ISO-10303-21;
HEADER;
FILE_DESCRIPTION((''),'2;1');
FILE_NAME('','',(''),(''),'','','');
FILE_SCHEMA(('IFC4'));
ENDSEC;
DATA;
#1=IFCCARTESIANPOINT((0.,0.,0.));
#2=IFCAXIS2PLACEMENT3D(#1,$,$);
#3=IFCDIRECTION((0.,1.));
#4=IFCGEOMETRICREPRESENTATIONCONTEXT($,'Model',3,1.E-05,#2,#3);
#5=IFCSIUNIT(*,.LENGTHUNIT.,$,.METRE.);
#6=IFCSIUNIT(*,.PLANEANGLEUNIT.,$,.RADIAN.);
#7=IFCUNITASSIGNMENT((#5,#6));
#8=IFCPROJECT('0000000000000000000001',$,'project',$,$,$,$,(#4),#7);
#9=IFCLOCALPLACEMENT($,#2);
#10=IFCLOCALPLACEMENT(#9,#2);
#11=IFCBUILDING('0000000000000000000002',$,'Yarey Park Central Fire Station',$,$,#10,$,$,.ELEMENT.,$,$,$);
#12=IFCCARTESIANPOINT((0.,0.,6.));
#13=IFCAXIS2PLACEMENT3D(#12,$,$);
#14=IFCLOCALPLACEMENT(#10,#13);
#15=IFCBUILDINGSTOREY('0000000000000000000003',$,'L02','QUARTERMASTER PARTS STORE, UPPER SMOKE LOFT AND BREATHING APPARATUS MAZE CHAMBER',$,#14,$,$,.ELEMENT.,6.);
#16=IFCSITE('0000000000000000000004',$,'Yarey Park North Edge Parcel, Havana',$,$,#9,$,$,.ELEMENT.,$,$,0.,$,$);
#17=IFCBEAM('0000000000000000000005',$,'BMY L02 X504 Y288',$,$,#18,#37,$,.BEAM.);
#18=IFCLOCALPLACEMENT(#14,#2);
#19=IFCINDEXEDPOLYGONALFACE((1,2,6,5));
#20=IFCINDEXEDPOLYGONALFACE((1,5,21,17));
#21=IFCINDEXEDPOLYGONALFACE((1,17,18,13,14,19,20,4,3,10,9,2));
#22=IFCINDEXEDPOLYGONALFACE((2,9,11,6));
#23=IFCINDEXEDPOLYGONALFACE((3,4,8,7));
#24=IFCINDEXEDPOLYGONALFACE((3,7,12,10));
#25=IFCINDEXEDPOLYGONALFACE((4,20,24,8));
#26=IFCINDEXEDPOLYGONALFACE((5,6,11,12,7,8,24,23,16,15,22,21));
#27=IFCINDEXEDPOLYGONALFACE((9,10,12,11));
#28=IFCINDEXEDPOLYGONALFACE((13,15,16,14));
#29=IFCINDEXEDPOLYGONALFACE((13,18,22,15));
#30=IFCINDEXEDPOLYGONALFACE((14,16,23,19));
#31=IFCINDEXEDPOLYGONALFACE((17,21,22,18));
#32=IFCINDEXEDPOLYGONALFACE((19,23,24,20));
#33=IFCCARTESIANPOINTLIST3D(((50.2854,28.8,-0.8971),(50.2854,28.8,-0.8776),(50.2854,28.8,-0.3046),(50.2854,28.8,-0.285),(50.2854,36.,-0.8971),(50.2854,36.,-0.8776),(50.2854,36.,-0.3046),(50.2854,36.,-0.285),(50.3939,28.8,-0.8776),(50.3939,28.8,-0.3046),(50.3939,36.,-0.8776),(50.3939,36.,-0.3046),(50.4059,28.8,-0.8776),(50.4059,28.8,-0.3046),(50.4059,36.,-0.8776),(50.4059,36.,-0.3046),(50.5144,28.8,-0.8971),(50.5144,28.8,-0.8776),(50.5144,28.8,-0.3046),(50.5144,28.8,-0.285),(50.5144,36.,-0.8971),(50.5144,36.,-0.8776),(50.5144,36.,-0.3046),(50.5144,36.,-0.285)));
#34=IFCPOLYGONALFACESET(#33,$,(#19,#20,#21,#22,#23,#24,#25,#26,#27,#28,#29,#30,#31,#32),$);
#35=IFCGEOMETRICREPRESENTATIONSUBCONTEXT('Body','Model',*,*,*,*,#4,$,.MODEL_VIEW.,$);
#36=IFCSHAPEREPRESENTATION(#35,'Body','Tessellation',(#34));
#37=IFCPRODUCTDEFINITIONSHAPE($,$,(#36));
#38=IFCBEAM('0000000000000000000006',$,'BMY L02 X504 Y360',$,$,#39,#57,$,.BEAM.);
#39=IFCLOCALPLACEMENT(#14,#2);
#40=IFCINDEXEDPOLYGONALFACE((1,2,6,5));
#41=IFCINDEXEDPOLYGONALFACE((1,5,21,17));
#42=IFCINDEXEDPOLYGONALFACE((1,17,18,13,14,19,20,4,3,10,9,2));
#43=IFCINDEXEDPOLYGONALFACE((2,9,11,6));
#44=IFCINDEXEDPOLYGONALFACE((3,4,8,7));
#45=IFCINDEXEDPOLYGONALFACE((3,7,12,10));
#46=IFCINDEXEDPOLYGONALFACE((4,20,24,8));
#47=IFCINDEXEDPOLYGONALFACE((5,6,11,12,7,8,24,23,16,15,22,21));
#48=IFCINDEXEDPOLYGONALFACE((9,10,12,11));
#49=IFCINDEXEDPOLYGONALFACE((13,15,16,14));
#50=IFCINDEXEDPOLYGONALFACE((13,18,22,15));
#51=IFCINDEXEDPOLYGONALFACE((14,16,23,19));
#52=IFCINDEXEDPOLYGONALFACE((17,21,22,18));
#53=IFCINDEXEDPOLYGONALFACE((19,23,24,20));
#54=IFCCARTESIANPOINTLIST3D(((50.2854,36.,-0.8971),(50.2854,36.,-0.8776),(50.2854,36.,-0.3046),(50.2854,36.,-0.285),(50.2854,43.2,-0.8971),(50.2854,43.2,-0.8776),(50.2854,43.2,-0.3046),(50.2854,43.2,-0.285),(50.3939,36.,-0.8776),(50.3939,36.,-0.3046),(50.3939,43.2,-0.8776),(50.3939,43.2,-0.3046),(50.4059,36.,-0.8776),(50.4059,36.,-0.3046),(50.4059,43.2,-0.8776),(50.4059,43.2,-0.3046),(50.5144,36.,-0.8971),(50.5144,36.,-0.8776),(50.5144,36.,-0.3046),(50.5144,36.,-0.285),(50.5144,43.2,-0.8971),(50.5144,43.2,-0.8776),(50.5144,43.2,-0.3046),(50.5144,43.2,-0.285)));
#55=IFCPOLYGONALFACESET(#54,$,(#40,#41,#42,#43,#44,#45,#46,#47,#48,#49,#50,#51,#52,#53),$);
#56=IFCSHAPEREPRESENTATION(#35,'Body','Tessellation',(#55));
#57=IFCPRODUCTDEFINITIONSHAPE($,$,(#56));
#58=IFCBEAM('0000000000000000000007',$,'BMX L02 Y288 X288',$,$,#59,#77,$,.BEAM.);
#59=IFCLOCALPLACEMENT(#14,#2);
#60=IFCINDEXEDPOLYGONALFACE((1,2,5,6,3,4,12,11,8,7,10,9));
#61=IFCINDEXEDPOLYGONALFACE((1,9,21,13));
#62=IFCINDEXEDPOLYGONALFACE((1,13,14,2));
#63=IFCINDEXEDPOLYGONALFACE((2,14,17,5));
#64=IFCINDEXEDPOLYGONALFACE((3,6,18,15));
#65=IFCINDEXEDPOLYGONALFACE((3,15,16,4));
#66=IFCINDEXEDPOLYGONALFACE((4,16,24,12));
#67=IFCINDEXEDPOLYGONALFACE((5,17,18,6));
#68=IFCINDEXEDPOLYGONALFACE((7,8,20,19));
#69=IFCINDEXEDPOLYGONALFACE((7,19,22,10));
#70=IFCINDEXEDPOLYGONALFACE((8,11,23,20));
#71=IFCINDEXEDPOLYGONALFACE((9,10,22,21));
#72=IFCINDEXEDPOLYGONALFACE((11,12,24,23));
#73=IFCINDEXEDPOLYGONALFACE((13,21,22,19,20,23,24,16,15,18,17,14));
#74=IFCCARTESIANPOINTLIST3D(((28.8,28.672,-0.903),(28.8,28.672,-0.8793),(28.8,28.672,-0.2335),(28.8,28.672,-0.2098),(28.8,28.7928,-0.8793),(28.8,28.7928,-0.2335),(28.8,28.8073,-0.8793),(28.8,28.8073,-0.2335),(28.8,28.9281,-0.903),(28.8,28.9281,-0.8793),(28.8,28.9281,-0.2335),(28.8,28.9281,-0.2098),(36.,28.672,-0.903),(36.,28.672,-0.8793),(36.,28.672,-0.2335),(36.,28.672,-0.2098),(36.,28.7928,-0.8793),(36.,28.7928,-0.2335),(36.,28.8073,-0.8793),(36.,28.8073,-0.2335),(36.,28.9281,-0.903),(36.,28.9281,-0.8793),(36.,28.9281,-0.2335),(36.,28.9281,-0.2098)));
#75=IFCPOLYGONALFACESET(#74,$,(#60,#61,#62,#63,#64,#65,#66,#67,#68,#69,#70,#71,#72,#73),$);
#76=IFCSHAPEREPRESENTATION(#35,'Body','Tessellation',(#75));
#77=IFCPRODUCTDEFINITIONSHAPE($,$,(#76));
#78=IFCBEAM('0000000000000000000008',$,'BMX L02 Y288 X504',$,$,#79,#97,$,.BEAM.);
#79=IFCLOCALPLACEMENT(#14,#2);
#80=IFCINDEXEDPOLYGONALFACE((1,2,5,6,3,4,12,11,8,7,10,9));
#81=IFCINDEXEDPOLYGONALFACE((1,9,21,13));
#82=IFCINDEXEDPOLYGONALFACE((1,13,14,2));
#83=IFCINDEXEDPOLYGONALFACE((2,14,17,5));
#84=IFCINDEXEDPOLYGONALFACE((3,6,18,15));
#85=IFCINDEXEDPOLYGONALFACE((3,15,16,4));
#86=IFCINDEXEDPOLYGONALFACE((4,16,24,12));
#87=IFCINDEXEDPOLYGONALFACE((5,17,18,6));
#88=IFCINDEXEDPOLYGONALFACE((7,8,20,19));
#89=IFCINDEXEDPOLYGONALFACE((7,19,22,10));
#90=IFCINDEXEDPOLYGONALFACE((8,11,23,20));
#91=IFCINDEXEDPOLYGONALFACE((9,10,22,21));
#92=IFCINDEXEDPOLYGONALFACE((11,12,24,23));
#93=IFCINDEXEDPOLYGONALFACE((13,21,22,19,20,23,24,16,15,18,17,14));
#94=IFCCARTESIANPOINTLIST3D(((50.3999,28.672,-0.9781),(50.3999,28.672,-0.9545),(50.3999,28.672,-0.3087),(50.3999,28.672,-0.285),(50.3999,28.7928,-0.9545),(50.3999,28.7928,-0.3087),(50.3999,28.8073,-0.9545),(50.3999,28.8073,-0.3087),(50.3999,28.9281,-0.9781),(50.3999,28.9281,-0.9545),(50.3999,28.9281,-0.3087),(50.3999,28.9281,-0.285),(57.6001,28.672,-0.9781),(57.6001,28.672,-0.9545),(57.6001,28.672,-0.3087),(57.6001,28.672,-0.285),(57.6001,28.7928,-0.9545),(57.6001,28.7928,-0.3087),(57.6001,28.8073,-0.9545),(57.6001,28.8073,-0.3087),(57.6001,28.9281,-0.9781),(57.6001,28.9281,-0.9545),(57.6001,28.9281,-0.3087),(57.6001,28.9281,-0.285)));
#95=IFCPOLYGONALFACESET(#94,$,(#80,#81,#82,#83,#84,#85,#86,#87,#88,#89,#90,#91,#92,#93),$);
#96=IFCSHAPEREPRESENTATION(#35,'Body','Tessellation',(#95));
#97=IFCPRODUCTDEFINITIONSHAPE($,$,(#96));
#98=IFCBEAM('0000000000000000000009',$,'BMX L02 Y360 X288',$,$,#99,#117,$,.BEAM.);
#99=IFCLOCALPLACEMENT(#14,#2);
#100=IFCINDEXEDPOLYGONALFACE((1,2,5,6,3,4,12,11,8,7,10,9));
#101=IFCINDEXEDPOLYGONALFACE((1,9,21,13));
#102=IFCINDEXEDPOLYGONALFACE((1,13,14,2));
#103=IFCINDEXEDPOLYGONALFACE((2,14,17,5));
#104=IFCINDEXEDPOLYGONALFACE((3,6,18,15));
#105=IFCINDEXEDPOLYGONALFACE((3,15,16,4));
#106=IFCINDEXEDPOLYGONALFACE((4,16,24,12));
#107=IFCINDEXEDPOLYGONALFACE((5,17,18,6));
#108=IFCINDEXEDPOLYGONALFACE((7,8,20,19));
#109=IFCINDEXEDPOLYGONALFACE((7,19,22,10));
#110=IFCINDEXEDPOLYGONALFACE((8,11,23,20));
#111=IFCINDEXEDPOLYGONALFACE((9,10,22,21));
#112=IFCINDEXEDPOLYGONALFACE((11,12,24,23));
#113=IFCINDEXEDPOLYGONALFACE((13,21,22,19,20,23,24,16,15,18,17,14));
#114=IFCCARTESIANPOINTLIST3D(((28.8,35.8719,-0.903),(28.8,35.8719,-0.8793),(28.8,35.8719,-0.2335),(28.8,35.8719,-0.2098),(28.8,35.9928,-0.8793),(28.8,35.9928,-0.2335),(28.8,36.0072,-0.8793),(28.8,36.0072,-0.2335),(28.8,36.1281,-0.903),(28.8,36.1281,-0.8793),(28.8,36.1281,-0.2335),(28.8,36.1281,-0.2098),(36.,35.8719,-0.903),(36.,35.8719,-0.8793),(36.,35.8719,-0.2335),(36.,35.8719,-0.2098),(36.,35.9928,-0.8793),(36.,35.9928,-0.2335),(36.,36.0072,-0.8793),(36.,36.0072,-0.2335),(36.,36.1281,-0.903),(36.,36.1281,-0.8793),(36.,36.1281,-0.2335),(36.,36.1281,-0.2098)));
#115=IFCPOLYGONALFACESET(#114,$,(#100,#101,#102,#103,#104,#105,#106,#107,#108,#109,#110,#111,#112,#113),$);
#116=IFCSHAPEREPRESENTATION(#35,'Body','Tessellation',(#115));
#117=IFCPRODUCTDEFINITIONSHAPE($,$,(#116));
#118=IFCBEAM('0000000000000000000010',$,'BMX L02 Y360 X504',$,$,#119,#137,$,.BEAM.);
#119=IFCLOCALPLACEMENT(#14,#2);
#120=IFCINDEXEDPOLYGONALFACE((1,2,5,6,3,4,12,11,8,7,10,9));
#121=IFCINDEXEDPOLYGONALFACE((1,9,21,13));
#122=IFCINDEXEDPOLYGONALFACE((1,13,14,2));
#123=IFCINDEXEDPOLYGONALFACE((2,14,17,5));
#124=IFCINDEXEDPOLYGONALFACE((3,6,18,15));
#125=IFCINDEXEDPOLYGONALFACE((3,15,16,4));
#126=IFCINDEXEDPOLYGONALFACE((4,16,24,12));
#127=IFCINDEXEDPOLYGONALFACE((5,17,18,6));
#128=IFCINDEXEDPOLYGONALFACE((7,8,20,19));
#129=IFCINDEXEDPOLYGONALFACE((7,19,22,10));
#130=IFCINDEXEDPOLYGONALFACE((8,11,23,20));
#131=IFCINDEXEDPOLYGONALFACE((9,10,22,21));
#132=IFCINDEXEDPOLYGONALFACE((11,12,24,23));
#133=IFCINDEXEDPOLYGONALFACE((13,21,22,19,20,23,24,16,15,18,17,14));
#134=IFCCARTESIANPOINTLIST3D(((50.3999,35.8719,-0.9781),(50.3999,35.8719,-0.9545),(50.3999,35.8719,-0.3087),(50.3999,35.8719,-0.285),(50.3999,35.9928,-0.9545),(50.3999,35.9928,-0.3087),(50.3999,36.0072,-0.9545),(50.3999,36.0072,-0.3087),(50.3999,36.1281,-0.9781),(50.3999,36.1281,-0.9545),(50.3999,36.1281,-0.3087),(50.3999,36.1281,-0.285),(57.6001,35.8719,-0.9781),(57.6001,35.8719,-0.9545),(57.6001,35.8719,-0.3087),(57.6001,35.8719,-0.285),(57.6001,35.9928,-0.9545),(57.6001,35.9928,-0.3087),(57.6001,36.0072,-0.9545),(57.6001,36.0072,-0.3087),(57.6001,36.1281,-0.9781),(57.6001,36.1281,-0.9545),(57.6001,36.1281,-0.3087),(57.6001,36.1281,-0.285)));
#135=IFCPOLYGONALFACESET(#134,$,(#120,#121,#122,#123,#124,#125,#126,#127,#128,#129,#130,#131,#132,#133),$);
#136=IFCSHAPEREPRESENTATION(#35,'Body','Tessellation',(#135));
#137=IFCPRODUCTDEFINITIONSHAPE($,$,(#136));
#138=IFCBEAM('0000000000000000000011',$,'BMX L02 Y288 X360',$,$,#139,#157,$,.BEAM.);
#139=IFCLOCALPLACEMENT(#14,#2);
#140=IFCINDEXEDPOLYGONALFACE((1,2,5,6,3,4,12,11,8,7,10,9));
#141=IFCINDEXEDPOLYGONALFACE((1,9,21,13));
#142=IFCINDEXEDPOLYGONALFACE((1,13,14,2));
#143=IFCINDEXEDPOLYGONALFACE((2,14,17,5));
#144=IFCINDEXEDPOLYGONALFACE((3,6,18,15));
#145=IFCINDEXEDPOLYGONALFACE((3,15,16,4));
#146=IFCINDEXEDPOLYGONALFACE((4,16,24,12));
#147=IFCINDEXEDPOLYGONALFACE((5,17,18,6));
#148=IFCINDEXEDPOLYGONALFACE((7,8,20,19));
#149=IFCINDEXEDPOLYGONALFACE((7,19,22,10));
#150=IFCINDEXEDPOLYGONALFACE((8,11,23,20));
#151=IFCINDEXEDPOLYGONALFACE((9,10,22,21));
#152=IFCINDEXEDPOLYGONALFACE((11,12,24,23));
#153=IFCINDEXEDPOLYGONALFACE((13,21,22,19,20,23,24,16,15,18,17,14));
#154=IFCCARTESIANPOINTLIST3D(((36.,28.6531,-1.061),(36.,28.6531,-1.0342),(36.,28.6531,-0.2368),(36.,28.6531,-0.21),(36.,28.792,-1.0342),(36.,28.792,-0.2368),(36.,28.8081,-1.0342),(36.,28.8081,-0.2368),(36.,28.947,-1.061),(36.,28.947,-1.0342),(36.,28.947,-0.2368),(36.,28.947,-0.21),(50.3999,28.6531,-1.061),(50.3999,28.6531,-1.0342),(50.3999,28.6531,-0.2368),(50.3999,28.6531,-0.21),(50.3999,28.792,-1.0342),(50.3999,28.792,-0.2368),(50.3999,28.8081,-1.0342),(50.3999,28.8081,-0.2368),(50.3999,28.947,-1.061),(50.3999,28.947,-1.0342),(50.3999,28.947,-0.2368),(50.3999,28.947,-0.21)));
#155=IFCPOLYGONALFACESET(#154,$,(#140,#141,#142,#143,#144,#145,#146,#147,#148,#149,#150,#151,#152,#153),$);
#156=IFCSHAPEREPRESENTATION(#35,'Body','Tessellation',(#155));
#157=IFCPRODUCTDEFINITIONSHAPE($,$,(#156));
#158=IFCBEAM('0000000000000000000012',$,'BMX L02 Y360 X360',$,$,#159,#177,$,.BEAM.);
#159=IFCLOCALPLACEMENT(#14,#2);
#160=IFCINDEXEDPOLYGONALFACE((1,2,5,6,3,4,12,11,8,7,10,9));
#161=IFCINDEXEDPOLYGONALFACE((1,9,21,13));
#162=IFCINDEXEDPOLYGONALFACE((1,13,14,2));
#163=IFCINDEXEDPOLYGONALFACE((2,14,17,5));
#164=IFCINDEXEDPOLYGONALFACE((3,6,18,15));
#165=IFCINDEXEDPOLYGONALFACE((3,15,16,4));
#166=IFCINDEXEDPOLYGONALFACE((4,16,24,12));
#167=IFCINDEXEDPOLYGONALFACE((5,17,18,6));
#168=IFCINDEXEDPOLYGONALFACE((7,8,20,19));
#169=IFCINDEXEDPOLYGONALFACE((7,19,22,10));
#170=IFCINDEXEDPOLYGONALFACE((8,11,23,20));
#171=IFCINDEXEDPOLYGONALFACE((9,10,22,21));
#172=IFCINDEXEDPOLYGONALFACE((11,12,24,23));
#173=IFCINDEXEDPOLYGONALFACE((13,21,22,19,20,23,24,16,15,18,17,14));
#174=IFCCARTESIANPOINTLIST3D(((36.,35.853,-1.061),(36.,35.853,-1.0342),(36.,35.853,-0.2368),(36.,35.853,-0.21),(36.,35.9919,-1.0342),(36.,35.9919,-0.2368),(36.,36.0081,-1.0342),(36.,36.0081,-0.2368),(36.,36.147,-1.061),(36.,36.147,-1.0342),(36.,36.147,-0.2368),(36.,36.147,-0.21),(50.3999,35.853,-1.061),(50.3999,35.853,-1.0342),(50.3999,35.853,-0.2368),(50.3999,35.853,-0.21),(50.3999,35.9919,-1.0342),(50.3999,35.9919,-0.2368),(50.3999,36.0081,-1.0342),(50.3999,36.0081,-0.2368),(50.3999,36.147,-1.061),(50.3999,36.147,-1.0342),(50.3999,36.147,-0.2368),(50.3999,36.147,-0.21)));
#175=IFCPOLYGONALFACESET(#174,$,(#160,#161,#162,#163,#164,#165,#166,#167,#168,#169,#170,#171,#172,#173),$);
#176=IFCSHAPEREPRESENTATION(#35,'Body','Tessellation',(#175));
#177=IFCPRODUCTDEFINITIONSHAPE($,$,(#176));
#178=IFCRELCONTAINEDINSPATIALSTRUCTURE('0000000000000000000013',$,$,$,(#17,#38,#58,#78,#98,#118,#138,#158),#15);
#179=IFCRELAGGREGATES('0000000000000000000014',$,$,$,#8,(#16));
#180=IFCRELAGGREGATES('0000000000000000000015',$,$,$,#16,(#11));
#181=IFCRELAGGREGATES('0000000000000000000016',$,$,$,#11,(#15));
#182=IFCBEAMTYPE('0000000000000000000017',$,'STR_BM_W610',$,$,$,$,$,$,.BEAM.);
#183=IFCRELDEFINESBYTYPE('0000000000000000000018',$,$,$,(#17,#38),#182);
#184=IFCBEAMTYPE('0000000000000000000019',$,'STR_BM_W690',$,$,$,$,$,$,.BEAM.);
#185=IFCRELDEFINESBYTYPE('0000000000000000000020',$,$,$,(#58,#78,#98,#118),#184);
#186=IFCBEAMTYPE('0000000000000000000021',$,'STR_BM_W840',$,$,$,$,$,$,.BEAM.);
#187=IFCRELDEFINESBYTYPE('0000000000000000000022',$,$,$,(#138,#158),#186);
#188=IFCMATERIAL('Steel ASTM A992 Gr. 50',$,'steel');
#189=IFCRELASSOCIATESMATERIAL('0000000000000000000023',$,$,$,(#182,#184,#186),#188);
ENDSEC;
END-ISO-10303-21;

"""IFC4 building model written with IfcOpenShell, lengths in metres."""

from ifc_helpers import new_model, si_unit, direction, frame, origin, origin_2d, place, context, subcontext, project, spatial, i_section, extrude, material, material_profile, profile_set, type_object, element, save


model = new_model("IFC4")

# Units and contexts
model_context = context("Model", 3, precision=1e-05, world=origin(), true_north=direction((0.0, 1.0)))
body_context = subcontext(model_context, "Body", "Model", "MODEL_VIEW")
ifc_project = project(units=[si_unit("LENGTHUNIT", "METRE"), si_unit("PLANEANGLEUNIT", "RADIAN")], contexts=[model_context])

# Site, building, storey
site_placement = place(None, origin())
site = spatial("IfcSite", under=ifc_project, at=site_placement, Name="Yarey Park North Edge Parcel, Havana", CompositionType="ELEMENT", RefElevation=0.0)
building_placement = place(site_placement, origin())
building = spatial("IfcBuilding", under=site, at=building_placement, Name="Yarey Park Central Fire Station", CompositionType="ELEMENT")
storey_placement = place(building_placement, frame((0.0, 0.0, 6.0)))
storey = spatial("IfcBuildingStorey", under=building, at=storey_placement, Name="L02", Description="QUARTERMASTER PARTS STORE, UPPER SMOKE LOFT AND BREATHING APPARATUS MAZE CHAMBER", CompositionType="ELEMENT", Elevation=6.0)

# Shared definitions
ifc_material_1 = material(Name="Steel ASTM A992 Gr. 50", Category="steel")

# Beams
ifc_material_profile_1 = material_profile(ifc_material_1, i_section(OverallWidth=0.229, OverallDepth=0.6121, WebThickness=0.012, FlangeThickness=0.0195, at=origin_2d()), Name="W610x125")
ifc_profile_set_1 = profile_set([ifc_material_profile_1], Name="Steel ASTM A992 Gr. 50")
beam_type_1 = type_object("IfcBeamType", Name="STR_BM_W610", PredefinedType="BEAM", material=ifc_profile_set_1)
for number, where, z_axis, x_axis, name in (
    (1, (50.3999, 28.8, -0.5911), (0.0, 1.0, 0.0), (-1.0, 0.0, 0.0), "BMY L02 X504 Y288"),
    (2, (50.3999, 36.0, -0.5911), (0.0, 1.0, 0.0), (-1.0, 0.0, 0.0), "BMY L02 X504 Y360"),
):
    element("IfcBeam", number, at=place(storey_placement, frame(where, z_axis=z_axis, x_axis=x_axis)), inside=storey, type_object=beam_type_1, Name=name, PredefinedType="BEAM", context=body_context, shape_type="SweptSolid", body=[
        extrude(i_section(OverallWidth=0.229, OverallDepth=0.6121, WebThickness=0.012, FlangeThickness=0.0195, at=origin_2d()), origin(), (0.0, 0.0, 1.0), 7.2),
    ])
ifc_material_profile_2 = material_profile(ifc_material_1, i_section(OverallWidth=0.2561, OverallDepth=0.6931, WebThickness=0.0144, FlangeThickness=0.0237, at=origin_2d()), Name="W690x170")
ifc_profile_set_2 = profile_set([ifc_material_profile_2], Name="Steel ASTM A992 Gr. 50")
beam_type_2 = type_object("IfcBeamType", Name="STR_BM_W690", PredefinedType="BEAM", material=ifc_profile_set_2)
beam_1_placement = place(storey_placement, frame((28.8, 28.8, -0.5564), z_axis=(1.0, 0.0, 0.0), x_axis=(0.0, 1.0, 0.0)))
element("IfcBeam", 3, at=beam_1_placement, inside=storey, type_object=beam_type_2, Name="BMX L02 Y288 X288", PredefinedType="BEAM", context=body_context, shape_type="SweptSolid", body=[
    extrude(i_section(OverallWidth=0.2561, OverallDepth=0.6931, WebThickness=0.0144, FlangeThickness=0.0237, at=origin_2d()), origin(), (0.0, 0.0, 1.0), 7.2),
])
beam_2_placement = place(storey_placement, frame((50.3999, 28.8, -0.6316), z_axis=(1.0, 0.0, 0.0), x_axis=(0.0, 1.0, 0.0)))
element("IfcBeam", 4, at=beam_2_placement, inside=storey, type_object=beam_type_2, Name="BMX L02 Y288 X504", PredefinedType="BEAM", context=body_context, shape_type="SweptSolid", body=[
    extrude(i_section(OverallWidth=0.2561, OverallDepth=0.6931, WebThickness=0.0144, FlangeThickness=0.0237, at=origin_2d()), origin(), (0.0, 0.0, 1.0), 7.2002),
])
beam_3_placement = place(storey_placement, frame((28.8, 36.0, -0.5564), z_axis=(1.0, 0.0, 0.0), x_axis=(0.0, 1.0, 0.0)))
element("IfcBeam", 5, at=beam_3_placement, inside=storey, type_object=beam_type_2, Name="BMX L02 Y360 X288", PredefinedType="BEAM", context=body_context, shape_type="SweptSolid", body=[
    extrude(i_section(OverallWidth=0.2561, OverallDepth=0.6931, WebThickness=0.0144, FlangeThickness=0.0237, at=origin_2d()), origin(), (0.0, 0.0, 1.0), 7.2),
])
beam_4_placement = place(storey_placement, frame((50.3999, 36.0, -0.6316), z_axis=(1.0, 0.0, 0.0), x_axis=(0.0, 1.0, 0.0)))
element("IfcBeam", 6, at=beam_4_placement, inside=storey, type_object=beam_type_2, Name="BMX L02 Y360 X504", PredefinedType="BEAM", context=body_context, shape_type="SweptSolid", body=[
    extrude(i_section(OverallWidth=0.2561, OverallDepth=0.6931, WebThickness=0.0144, FlangeThickness=0.0237, at=origin_2d()), origin(), (0.0, 0.0, 1.0), 7.2002),
])
ifc_material_profile_3 = material_profile(ifc_material_1, i_section(OverallWidth=0.2939, OverallDepth=0.8511, WebThickness=0.0161, FlangeThickness=0.0269, at=origin_2d()), Name="W840x226")
ifc_profile_set_3 = profile_set([ifc_material_profile_3], Name="Steel ASTM A992 Gr. 50")
beam_type_3 = type_object("IfcBeamType", Name="STR_BM_W840", PredefinedType="BEAM", material=ifc_profile_set_3)
for number, where, z_axis, x_axis, name in (
    (7, (36.0, 28.8, -0.6355), (1.0, 0.0, 0.0), (0.0, 1.0, 0.0), "BMX L02 Y288 X360"),
    (8, (36.0, 36.0, -0.6355), (1.0, 0.0, 0.0), (0.0, 1.0, 0.0), "BMX L02 Y360 X360"),
):
    element("IfcBeam", number, at=place(storey_placement, frame(where, z_axis=z_axis, x_axis=x_axis)), inside=storey, type_object=beam_type_3, Name=name, PredefinedType="BEAM", context=body_context, shape_type="SweptSolid", body=[
        extrude(i_section(OverallWidth=0.2939, OverallDepth=0.8511, WebThickness=0.0161, FlangeThickness=0.0269, at=origin_2d()), origin(), (0.0, 0.0, 1.0), 14.3999),
    ])

save(model, "model.ifc")
